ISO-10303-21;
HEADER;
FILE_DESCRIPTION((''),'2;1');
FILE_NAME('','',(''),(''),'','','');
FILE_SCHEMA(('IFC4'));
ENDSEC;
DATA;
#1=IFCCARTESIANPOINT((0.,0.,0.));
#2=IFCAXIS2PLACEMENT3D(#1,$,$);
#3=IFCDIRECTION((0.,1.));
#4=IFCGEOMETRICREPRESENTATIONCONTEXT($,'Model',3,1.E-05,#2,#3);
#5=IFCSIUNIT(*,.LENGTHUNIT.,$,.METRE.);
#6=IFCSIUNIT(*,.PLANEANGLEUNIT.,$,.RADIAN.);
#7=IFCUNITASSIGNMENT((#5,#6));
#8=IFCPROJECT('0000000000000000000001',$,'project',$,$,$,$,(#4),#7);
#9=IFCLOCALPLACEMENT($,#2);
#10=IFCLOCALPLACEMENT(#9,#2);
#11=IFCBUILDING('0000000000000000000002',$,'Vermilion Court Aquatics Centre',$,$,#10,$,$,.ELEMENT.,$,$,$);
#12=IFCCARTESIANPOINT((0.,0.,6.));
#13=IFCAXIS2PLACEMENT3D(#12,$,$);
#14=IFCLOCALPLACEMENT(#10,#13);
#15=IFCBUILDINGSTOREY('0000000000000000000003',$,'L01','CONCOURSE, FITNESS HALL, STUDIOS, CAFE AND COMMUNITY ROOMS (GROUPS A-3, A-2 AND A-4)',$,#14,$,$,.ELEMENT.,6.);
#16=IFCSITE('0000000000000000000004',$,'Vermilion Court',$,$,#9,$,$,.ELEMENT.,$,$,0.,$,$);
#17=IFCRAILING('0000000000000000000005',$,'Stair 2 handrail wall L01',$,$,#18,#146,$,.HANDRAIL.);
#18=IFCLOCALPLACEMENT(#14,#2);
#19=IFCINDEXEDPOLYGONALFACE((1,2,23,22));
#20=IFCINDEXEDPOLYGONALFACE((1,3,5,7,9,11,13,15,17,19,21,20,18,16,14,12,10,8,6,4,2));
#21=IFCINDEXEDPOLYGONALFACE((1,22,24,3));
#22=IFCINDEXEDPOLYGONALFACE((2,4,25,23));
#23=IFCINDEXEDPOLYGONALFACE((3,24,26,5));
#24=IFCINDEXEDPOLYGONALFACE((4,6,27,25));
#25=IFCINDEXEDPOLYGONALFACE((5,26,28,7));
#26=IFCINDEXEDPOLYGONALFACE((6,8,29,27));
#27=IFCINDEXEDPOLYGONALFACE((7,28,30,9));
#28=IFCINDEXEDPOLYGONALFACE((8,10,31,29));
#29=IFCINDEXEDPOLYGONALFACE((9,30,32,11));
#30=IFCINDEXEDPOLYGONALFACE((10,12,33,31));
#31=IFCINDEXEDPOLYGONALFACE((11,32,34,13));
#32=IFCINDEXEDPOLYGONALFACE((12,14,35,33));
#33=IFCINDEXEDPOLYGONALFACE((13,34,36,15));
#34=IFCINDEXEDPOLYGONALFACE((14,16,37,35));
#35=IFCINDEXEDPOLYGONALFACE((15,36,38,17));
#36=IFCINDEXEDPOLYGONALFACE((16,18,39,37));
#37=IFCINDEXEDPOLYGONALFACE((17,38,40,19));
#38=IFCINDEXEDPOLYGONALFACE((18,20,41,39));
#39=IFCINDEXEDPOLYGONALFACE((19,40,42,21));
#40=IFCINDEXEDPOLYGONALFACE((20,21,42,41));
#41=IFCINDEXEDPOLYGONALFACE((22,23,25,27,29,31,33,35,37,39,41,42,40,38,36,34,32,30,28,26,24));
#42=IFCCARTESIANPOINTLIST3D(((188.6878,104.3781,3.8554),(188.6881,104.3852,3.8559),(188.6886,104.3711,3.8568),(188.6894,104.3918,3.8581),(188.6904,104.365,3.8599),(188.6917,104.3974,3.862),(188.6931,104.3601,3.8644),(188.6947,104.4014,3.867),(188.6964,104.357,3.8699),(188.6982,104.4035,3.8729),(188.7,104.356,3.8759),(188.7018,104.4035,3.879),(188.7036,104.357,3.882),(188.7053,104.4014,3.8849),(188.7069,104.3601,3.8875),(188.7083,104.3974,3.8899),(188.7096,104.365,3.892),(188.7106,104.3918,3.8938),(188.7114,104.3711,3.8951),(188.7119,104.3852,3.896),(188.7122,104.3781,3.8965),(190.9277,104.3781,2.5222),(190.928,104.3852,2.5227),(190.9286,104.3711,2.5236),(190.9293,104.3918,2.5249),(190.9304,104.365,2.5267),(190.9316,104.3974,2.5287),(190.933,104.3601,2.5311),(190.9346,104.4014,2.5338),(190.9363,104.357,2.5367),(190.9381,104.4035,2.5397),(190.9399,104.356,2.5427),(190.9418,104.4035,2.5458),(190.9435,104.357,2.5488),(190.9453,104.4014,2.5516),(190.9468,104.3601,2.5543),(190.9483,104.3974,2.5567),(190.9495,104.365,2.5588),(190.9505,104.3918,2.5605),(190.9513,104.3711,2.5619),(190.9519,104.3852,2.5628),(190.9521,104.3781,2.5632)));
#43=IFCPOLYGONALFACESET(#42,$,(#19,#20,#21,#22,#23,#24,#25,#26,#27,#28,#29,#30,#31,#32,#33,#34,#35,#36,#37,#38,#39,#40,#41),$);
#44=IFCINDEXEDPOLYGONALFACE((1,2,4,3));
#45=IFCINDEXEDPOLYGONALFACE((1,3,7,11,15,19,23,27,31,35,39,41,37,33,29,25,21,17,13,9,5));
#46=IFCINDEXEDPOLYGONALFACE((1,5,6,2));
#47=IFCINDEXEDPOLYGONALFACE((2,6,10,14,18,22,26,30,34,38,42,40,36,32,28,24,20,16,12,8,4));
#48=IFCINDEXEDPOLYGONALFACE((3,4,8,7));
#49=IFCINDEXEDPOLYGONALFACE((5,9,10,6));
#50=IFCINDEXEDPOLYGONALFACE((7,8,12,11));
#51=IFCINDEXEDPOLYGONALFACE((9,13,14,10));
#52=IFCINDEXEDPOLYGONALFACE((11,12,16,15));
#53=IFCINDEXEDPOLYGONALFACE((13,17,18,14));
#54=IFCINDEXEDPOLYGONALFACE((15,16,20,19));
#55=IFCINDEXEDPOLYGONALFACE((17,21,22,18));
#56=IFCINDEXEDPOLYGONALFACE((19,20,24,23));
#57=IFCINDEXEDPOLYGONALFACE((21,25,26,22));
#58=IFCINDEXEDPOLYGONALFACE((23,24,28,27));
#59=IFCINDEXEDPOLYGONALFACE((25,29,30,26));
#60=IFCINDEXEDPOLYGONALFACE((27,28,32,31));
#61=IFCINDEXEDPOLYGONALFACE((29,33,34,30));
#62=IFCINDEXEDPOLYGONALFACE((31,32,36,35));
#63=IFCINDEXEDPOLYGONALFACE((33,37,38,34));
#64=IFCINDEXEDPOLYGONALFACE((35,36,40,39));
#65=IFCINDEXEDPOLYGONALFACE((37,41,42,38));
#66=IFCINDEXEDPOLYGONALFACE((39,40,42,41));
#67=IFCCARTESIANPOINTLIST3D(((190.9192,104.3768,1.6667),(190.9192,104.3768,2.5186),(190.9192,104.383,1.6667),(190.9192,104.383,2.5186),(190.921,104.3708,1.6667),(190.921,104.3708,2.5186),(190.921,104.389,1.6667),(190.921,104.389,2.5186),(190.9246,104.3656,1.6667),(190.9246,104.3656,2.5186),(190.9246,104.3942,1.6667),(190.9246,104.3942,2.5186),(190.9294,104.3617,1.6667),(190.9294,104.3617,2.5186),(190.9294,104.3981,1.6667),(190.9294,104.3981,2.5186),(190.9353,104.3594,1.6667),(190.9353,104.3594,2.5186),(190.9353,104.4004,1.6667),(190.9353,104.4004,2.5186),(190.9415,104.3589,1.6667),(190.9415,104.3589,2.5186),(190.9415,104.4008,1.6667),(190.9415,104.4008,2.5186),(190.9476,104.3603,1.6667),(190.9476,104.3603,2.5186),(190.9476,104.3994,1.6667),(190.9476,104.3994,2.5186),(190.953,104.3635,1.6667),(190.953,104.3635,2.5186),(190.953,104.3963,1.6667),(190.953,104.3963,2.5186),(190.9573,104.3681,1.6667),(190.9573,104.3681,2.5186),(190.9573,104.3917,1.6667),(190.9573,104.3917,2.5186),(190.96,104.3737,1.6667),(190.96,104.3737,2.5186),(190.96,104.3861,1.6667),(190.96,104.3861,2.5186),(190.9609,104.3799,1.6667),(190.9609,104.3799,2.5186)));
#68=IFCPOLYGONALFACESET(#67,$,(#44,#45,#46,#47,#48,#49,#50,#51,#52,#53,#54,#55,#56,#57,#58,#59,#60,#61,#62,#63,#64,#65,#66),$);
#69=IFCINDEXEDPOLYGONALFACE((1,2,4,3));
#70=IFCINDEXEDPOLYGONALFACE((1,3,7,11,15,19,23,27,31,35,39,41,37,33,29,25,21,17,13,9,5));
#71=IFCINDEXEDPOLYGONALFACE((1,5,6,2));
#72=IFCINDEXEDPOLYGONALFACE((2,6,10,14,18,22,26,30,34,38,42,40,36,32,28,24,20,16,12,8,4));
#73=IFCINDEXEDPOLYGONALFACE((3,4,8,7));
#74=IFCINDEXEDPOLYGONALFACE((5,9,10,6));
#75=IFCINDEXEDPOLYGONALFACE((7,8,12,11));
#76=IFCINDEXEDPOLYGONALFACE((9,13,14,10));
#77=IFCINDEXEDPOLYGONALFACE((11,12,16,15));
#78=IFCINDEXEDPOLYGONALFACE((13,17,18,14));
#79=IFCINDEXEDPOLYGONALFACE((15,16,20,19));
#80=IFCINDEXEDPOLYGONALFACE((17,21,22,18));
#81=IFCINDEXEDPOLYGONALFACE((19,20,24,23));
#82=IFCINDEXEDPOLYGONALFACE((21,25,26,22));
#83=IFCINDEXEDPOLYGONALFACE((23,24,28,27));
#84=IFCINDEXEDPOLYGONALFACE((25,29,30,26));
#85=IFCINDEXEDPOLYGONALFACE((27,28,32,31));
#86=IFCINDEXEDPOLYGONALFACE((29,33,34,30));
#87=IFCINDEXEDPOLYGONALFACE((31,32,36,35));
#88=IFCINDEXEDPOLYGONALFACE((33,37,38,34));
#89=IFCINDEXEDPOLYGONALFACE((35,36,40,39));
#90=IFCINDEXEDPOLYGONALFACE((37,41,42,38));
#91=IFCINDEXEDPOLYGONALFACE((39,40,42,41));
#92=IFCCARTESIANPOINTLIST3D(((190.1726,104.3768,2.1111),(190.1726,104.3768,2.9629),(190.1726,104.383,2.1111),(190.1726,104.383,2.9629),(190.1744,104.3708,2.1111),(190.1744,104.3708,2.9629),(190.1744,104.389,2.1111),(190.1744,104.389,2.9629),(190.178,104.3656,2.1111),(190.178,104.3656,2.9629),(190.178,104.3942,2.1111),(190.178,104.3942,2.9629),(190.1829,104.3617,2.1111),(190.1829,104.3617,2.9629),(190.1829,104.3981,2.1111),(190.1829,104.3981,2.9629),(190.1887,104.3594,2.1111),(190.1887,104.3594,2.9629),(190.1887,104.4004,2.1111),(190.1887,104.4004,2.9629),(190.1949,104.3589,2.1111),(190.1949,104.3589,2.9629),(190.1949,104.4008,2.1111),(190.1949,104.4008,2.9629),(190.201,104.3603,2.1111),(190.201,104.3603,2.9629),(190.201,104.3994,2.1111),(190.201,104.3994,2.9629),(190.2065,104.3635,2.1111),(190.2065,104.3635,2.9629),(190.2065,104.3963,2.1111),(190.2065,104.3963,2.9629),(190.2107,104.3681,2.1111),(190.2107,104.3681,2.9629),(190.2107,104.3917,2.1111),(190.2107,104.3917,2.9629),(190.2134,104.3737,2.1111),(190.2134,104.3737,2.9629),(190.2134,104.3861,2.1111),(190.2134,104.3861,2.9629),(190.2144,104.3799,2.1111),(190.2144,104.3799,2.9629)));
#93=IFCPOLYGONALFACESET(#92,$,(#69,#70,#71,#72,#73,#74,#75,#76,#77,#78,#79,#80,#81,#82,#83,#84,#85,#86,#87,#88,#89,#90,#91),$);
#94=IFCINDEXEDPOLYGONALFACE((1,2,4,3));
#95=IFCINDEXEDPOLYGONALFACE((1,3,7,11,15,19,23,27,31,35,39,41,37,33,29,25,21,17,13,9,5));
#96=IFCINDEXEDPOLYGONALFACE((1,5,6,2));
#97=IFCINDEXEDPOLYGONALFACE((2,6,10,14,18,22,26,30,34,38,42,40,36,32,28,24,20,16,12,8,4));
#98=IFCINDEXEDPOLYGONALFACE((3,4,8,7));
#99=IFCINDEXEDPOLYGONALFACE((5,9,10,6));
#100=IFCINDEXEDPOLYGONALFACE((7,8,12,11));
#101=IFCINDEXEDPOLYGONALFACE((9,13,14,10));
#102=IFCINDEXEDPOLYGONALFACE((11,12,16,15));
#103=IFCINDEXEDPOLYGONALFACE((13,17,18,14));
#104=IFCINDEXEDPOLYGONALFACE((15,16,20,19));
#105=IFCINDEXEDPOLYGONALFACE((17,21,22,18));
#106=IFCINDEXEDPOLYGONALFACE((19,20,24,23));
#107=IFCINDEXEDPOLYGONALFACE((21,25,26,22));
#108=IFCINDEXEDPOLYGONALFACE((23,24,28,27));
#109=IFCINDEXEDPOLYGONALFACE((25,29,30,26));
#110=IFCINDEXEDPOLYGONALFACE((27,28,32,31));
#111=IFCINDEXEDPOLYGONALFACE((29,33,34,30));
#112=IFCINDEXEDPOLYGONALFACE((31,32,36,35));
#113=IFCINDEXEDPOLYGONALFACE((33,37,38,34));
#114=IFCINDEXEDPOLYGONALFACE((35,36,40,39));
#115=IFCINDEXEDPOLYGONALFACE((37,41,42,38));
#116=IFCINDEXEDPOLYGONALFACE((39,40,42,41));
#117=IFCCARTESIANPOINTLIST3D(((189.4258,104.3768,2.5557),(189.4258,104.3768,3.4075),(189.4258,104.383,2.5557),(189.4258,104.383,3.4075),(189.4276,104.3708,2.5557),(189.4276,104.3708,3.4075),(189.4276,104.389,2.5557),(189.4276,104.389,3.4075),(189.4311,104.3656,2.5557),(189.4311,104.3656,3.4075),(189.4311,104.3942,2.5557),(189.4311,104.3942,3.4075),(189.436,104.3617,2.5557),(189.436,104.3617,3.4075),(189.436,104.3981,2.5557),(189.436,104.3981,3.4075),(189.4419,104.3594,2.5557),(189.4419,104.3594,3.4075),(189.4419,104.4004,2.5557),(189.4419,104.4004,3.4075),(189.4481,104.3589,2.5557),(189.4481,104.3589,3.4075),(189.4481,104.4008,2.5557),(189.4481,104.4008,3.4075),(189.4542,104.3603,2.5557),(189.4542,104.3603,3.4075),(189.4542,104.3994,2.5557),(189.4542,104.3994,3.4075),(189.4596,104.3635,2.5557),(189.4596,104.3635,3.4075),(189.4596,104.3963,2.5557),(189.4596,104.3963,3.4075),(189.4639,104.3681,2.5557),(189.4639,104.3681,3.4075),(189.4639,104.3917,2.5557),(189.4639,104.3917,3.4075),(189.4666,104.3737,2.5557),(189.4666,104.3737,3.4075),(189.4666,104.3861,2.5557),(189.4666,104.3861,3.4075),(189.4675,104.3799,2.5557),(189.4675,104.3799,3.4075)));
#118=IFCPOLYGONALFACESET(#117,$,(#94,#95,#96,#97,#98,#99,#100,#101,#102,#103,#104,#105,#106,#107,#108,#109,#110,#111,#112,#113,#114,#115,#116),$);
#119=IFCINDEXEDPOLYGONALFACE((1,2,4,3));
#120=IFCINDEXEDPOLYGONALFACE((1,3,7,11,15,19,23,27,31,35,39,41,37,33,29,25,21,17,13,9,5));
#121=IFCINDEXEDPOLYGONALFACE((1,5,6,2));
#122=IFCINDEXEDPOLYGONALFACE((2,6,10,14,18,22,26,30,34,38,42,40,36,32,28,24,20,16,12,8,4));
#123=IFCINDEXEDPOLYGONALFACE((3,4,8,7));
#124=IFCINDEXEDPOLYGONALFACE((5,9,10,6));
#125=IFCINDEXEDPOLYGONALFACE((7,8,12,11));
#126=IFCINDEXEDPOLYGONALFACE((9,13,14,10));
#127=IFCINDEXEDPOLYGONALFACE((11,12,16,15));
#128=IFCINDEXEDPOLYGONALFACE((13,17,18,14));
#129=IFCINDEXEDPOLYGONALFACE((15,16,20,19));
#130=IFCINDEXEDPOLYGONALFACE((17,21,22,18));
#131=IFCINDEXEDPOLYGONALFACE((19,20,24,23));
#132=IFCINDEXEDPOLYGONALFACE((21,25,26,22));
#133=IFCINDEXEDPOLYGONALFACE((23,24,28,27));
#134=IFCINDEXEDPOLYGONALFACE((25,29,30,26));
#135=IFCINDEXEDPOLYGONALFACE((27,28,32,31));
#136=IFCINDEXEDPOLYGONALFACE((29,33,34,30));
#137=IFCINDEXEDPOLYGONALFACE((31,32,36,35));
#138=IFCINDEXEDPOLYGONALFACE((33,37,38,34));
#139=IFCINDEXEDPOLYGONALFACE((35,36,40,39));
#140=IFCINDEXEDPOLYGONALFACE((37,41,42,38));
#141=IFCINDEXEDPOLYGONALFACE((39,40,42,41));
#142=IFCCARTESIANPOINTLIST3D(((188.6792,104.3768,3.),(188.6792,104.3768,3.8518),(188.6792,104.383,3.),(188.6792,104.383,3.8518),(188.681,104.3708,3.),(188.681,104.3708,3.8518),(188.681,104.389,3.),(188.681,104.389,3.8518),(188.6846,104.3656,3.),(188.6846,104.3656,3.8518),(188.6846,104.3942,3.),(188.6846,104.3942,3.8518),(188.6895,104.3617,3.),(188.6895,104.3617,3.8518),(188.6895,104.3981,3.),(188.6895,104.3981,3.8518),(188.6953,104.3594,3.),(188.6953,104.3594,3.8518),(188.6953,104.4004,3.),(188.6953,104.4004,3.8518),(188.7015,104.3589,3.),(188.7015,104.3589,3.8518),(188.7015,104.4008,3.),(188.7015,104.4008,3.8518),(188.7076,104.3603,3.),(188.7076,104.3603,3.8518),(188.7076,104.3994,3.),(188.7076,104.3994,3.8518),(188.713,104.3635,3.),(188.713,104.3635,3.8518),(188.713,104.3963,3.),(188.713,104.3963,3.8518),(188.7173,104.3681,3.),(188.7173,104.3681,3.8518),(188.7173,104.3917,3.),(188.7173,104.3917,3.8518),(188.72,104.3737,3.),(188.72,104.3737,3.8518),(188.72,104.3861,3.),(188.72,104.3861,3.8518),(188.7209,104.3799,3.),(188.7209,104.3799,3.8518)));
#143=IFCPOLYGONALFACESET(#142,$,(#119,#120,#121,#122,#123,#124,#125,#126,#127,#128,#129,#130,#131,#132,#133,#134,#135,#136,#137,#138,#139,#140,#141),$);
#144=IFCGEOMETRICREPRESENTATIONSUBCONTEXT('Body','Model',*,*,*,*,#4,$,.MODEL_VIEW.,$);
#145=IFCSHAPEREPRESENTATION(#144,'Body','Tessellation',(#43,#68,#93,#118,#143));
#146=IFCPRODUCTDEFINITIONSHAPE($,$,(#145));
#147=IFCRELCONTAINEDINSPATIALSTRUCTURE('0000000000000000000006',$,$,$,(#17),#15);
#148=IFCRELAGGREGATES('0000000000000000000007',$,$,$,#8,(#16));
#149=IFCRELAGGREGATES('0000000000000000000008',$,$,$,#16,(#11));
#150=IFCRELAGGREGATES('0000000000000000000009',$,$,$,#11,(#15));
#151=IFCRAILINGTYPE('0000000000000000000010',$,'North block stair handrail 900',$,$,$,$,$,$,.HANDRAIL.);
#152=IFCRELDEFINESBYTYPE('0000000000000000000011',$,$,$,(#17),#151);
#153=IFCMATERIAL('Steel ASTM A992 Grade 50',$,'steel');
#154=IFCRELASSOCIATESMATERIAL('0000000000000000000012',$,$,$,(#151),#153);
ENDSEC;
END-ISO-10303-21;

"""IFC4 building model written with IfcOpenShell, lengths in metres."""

from ifc_helpers import new_model, si_unit, direction, frame, origin, origin_2d, place, context, subcontext, project, spatial, circle, extrude, material, type_object, element, save


model = new_model("IFC4")

# Units and contexts
model_context = context("Model", 3, precision=1e-05, world=origin(), true_north=direction((0.0, 1.0)))
body_context = subcontext(model_context, "Body", "Model", "MODEL_VIEW")
ifc_project = project(units=[si_unit("LENGTHUNIT", "METRE"), si_unit("PLANEANGLEUNIT", "RADIAN")], contexts=[model_context])

# Site, building, storey
site_placement = place(None, origin())
site = spatial("IfcSite", under=ifc_project, at=site_placement, Name="Vermilion Court", CompositionType="ELEMENT", RefElevation=0.0)
building_placement = place(site_placement, origin())
building = spatial("IfcBuilding", under=site, at=building_placement, Name="Vermilion Court Aquatics Centre", CompositionType="ELEMENT")
storey_placement = place(building_placement, frame((0.0, 0.0, 6.0)))
storey = spatial("IfcBuildingStorey", under=building, at=storey_placement, Name="L01", Description="CONCOURSE, FITNESS HALL, STUDIOS, CAFE AND COMMUNITY ROOMS (GROUPS A-3, A-2 AND A-4)", CompositionType="ELEMENT", Elevation=6.0)

# Railing
ifc_material_1 = material(Name="Steel ASTM A992 Grade 50", Category="steel")
railing_type_1 = type_object("IfcRailingType", Name="North block stair handrail 900", PredefinedType="HANDRAIL", material=ifc_material_1)
for number, where, name in (
    (1, (190.9399, 104.3799, 1.6667), "Stair 2 handrail wall L01"),
):
    element("IfcRailing", number, at=place(storey_placement, frame(where)), inside=storey, type_object=railing_type_1, Name=name, PredefinedType="HANDRAIL", context=body_context, shape_type="SweptSolid", body=[
        extrude(circle(Radius=0.0239, at=origin_2d()), frame((0.0, 0.0, 0.876), z_axis=(-0.859306, 0.0, 0.511462), x_axis=(0.0, -1.0, 0.0)), (0.0, 0.0, 1.0), 2.6067),
        extrude(circle(Radius=0.021, at=origin_2d()), origin(), (0.0, 0.0, 1.0), 0.8518),
        extrude(circle(Radius=0.021, at=origin_2d()), frame((-0.7466, 0.0, 0.4443)), (0.0, 0.0, 1.0), 0.8518),
        extrude(circle(Radius=0.021, at=origin_2d()), frame((-1.4934, 0.0, 0.8889)), (0.0, 0.0, 1.0), 0.8518),
        extrude(circle(Radius=0.021, at=origin_2d()), frame((-2.24, 0.0, 1.3333)), (0.0, 0.0, 1.0), 0.8518),
    ])

save(model, "model.ifc")
